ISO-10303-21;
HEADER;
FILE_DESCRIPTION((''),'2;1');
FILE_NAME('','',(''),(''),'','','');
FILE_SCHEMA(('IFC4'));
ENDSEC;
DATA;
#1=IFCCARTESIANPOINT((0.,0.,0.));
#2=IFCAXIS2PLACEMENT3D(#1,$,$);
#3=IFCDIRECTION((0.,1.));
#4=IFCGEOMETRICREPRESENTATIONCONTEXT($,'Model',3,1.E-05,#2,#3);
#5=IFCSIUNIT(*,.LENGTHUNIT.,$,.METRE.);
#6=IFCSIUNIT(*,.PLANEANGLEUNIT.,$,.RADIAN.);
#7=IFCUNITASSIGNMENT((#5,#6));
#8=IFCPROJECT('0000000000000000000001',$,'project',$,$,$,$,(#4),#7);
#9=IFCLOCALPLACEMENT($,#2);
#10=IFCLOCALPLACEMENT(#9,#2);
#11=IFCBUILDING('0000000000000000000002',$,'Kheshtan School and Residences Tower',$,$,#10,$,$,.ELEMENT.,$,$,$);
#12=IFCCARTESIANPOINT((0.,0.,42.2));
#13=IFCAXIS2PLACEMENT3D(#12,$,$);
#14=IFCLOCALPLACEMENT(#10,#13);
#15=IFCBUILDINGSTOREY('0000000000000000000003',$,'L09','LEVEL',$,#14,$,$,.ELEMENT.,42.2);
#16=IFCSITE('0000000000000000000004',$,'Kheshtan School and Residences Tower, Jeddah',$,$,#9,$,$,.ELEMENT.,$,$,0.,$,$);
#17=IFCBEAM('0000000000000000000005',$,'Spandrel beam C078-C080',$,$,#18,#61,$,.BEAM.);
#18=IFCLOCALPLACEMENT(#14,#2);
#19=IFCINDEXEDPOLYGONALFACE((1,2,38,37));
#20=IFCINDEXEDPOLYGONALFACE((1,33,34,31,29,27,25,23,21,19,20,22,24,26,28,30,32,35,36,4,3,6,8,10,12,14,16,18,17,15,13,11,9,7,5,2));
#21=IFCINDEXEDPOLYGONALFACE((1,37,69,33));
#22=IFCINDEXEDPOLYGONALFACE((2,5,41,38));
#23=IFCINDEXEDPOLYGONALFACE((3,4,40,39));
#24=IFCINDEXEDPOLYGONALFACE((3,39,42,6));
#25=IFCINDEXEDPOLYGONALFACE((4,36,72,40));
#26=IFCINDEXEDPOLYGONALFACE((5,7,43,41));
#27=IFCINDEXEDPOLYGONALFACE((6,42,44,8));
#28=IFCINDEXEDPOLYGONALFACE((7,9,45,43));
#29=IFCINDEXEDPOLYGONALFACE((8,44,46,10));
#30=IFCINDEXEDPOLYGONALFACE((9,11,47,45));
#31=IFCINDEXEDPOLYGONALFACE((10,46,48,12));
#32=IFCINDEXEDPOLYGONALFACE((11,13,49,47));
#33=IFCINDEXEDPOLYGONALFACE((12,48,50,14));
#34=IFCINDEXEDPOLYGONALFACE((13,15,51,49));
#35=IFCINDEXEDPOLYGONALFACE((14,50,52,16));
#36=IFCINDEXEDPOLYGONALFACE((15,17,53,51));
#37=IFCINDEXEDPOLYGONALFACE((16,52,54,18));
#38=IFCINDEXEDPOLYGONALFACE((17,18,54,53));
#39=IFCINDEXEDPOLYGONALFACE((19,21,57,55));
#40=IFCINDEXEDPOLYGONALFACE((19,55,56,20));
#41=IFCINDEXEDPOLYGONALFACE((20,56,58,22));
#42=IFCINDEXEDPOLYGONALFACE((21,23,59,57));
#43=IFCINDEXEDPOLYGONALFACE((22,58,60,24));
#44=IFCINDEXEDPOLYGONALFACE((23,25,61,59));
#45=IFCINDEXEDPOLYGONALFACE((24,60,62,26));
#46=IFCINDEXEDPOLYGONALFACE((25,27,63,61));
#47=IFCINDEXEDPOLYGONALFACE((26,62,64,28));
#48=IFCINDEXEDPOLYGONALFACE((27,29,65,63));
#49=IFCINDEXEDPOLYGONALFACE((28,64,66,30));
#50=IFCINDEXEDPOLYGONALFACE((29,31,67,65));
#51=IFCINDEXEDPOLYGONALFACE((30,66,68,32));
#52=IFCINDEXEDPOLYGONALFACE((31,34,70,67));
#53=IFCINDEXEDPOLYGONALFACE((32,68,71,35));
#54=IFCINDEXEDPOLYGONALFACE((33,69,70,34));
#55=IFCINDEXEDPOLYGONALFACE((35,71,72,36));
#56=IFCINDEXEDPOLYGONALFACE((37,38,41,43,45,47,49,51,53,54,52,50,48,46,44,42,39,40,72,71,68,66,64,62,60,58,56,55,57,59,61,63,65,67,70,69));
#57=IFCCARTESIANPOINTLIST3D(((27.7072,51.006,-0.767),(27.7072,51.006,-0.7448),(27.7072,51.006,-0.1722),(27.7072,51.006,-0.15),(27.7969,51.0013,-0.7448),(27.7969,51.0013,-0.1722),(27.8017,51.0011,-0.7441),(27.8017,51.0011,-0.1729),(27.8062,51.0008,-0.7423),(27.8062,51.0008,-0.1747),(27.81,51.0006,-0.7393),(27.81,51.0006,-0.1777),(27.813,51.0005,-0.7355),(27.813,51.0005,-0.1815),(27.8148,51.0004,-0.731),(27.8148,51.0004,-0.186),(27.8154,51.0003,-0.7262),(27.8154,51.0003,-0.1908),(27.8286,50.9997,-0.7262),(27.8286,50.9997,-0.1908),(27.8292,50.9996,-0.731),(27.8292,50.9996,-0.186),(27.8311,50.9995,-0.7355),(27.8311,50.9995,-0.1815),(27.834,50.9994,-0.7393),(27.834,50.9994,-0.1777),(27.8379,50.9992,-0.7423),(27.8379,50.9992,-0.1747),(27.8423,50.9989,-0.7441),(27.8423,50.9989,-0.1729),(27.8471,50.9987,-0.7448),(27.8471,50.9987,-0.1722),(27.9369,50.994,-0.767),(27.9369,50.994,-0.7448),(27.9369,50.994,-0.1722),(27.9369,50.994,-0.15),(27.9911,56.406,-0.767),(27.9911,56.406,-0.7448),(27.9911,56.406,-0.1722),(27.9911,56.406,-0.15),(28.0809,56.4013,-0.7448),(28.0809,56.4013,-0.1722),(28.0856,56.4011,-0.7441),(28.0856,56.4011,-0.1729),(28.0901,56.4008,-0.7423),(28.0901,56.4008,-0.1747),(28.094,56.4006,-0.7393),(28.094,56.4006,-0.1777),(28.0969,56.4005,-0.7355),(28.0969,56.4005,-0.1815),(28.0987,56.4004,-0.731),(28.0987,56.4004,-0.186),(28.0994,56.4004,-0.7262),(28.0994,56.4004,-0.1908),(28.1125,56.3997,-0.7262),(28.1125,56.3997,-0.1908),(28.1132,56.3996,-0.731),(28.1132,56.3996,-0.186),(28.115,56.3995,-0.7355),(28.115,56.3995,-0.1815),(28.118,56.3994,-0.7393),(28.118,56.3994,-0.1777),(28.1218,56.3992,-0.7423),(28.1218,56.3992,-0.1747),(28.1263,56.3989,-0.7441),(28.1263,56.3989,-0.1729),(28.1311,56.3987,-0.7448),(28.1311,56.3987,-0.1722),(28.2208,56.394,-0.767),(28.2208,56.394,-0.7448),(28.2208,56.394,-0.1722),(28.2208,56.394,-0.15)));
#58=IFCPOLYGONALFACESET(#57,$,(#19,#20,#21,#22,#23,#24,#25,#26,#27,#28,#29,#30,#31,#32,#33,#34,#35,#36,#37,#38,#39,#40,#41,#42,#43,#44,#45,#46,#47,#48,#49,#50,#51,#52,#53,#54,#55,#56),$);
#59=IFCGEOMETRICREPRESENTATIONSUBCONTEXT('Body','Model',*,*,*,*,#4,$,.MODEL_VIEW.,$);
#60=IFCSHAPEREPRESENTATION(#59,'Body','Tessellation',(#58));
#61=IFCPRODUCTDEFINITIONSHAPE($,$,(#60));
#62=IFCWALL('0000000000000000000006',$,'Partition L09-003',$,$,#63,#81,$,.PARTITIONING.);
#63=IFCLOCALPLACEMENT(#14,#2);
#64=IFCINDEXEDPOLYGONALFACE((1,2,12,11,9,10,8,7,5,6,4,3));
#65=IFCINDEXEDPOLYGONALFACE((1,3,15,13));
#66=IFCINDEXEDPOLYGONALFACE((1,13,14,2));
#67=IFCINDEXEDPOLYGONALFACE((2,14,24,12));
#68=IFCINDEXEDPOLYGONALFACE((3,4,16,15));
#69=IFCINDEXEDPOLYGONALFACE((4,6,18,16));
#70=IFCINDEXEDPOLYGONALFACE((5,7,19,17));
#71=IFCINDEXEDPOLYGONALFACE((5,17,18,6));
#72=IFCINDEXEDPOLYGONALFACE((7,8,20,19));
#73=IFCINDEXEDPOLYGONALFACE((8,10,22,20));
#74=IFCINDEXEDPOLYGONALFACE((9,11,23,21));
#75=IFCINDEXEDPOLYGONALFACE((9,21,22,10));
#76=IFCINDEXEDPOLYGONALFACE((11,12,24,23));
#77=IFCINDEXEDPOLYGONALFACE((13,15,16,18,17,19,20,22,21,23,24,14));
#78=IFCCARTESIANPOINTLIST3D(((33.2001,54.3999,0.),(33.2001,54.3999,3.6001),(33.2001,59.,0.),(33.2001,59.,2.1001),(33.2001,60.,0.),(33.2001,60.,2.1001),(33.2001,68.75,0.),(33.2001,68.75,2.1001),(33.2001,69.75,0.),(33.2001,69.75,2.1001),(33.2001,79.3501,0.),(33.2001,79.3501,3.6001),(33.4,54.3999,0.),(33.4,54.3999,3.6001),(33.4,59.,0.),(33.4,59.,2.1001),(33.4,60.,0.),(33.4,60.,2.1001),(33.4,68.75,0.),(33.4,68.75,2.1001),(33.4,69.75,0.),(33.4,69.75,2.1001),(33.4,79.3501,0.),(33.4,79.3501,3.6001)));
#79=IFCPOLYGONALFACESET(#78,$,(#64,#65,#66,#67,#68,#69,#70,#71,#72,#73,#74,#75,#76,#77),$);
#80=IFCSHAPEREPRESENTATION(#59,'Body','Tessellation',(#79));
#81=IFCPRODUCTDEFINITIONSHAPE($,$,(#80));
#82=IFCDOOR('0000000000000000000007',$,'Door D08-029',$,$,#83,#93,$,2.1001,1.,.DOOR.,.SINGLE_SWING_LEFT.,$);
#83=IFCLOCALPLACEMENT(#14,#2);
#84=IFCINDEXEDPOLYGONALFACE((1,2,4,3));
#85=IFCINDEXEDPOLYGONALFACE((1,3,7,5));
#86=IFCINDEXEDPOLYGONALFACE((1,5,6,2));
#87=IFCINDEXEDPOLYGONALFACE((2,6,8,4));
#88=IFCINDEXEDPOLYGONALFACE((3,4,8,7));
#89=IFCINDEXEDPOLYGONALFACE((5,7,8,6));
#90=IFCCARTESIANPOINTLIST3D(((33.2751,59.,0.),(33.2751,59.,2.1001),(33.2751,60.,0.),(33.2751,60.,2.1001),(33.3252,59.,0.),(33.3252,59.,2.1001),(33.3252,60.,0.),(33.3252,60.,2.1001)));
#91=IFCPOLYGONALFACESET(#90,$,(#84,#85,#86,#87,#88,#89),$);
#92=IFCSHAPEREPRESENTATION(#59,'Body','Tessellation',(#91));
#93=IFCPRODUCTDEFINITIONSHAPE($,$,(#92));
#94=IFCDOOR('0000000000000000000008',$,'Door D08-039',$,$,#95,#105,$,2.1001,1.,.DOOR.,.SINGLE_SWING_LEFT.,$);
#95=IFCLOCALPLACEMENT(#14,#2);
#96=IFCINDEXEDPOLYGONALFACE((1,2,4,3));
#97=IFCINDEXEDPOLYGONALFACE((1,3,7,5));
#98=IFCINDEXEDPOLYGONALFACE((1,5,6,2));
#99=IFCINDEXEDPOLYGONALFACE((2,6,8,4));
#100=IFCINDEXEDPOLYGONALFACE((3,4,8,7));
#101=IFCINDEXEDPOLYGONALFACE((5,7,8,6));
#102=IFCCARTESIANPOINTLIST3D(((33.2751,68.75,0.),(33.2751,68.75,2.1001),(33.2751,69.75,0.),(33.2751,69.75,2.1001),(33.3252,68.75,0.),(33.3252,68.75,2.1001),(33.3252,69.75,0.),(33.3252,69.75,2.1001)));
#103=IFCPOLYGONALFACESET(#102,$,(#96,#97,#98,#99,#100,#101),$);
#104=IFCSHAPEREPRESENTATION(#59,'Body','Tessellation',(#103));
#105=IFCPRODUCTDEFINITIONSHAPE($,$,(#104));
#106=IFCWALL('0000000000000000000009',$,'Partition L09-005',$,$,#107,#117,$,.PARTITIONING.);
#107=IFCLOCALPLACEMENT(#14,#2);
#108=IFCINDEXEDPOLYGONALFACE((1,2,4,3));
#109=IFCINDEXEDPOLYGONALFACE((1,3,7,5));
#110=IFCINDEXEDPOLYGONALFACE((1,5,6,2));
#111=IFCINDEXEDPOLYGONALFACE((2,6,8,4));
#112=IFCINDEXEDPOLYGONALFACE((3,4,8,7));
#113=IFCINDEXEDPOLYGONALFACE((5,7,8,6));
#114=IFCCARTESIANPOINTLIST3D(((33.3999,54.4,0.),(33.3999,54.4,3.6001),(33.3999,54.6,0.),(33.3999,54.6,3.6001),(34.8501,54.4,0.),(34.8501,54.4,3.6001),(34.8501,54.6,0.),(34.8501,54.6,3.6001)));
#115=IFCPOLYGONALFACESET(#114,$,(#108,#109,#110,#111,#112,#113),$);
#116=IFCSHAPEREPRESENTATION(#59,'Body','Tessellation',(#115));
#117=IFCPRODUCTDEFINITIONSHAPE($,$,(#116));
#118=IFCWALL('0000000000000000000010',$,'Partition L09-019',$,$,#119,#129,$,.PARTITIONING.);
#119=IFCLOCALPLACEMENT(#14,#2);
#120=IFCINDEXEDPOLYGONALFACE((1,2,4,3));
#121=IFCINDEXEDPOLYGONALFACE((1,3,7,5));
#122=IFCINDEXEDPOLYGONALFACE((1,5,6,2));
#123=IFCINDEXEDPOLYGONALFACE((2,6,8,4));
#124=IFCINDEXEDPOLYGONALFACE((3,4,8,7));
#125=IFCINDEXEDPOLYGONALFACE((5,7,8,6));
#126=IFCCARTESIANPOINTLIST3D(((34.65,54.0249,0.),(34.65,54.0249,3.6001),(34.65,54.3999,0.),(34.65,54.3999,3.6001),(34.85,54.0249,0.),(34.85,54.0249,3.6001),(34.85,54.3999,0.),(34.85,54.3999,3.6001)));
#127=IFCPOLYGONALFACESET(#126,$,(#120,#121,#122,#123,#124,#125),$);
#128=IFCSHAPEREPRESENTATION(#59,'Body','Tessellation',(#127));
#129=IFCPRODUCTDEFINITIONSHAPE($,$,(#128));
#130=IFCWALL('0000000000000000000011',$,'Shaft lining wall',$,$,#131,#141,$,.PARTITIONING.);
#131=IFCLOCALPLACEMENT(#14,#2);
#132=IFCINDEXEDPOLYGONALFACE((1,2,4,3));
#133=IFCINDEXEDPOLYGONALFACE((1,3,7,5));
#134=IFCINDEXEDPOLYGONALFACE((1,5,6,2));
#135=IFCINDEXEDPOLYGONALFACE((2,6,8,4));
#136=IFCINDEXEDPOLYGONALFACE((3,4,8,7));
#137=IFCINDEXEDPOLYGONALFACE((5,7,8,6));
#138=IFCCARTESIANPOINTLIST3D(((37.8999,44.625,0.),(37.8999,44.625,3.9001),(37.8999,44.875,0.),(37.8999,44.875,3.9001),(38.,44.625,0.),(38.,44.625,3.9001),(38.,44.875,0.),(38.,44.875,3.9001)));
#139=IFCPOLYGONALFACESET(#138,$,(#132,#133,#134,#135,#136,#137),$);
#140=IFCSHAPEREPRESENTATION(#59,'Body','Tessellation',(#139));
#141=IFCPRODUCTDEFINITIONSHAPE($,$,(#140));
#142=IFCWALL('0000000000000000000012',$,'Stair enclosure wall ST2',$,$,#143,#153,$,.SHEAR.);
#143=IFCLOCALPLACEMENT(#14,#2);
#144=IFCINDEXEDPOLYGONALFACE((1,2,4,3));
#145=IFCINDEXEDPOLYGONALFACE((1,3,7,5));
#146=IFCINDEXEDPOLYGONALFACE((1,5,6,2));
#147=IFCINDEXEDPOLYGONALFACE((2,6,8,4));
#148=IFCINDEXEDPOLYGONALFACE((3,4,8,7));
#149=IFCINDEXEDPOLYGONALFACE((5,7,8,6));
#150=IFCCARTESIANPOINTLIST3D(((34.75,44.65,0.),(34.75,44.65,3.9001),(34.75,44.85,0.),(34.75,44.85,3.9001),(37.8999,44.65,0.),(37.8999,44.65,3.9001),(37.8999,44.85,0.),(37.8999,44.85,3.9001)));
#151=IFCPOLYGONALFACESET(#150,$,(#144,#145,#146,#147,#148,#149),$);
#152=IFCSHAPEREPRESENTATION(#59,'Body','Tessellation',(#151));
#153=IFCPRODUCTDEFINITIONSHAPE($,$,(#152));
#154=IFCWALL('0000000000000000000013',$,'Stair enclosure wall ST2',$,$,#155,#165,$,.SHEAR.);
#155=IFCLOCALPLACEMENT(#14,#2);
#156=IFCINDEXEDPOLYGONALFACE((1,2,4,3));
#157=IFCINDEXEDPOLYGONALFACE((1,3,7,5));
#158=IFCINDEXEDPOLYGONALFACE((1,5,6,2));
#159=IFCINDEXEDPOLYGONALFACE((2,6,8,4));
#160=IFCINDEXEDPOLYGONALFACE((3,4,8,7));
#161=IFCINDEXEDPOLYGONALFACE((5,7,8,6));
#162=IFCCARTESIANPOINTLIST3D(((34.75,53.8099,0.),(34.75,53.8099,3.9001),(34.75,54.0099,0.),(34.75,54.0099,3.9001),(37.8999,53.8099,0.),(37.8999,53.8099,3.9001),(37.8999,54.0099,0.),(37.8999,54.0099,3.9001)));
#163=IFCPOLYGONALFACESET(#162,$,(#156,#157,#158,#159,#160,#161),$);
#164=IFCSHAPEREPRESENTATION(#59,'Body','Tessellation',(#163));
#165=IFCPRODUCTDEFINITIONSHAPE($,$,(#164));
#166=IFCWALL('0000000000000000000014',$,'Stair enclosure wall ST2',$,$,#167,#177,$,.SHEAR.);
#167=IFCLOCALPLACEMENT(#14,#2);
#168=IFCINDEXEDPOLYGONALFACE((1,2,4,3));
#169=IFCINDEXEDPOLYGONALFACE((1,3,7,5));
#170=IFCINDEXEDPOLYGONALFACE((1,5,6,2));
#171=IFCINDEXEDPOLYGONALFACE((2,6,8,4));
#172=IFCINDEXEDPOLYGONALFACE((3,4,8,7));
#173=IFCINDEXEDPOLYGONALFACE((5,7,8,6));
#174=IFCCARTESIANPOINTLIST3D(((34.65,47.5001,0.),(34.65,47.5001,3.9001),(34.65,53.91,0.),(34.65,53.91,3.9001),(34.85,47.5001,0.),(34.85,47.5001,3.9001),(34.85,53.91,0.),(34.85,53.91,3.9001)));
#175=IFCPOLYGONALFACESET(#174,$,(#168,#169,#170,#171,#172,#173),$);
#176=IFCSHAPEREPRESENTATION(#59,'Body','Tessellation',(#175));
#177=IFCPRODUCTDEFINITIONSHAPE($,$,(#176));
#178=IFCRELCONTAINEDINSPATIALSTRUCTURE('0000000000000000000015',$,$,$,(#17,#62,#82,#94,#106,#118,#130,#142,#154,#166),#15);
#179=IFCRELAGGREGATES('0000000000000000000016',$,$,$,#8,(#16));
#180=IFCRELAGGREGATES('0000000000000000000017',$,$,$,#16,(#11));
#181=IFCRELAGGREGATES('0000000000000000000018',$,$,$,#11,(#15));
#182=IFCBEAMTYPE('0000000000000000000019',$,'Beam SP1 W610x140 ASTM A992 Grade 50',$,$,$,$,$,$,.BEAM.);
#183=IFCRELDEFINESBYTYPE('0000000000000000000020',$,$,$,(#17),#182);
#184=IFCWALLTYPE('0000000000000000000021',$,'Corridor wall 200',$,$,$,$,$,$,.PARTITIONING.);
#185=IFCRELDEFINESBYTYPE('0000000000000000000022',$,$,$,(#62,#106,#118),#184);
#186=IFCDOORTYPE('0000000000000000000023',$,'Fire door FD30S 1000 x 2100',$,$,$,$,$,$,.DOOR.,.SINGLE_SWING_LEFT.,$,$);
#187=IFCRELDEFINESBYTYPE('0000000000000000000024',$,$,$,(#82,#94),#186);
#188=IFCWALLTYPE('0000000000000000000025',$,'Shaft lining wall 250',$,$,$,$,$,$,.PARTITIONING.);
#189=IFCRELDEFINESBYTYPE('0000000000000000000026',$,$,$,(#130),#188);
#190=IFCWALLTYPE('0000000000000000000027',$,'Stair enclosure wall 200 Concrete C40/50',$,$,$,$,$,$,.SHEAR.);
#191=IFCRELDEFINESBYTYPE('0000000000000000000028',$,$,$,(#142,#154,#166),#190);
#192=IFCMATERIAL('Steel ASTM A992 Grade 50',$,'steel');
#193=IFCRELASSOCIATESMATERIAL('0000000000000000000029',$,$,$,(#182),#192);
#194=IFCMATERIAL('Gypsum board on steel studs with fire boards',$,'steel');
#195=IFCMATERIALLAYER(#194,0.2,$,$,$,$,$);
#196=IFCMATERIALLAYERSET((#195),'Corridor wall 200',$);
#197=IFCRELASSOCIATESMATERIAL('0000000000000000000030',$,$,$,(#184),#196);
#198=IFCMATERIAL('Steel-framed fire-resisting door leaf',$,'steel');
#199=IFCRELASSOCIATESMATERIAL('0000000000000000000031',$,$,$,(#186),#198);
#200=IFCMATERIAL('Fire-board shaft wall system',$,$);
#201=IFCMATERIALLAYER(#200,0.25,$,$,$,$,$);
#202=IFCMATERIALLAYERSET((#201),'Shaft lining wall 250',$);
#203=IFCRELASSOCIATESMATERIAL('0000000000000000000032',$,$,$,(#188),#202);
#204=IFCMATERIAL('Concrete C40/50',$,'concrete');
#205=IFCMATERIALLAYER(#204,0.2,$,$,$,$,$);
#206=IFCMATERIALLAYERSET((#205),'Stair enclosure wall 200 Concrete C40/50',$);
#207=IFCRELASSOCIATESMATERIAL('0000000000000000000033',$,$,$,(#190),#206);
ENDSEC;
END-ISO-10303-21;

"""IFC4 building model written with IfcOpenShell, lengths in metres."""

from ifc_helpers import new_model, si_unit, direction, frame, frame_2d, origin, origin_2d, place, context, subcontext, project, spatial, rectangle, i_section, extrude, source, transform, mapped, material, layer, layer_set, material_profile, profile_set, type_object, element, fill, save


model = new_model("IFC4")

# Units and contexts
model_context = context("Model", 3, precision=1e-05, world=origin(), true_north=direction((0.0, 1.0)))
body_context = subcontext(model_context, "Body", "Model", "MODEL_VIEW")
ifc_project = project(units=[si_unit("LENGTHUNIT", "METRE"), si_unit("PLANEANGLEUNIT", "RADIAN")], contexts=[model_context])

# Site, building, storey
site_placement = place(None, origin())
site = spatial("IfcSite", under=ifc_project, at=site_placement, Name="Kheshtan School and Residences Tower, Jeddah", CompositionType="ELEMENT", RefElevation=0.0)
building_placement = place(site_placement, origin())
building = spatial("IfcBuilding", under=site, at=building_placement, Name="Kheshtan School and Residences Tower", CompositionType="ELEMENT")
storey_placement = place(building_placement, frame((0.0, 0.0, 42.2)))
storey = spatial("IfcBuildingStorey", under=building, at=storey_placement, Name="L09", Description="LEVEL", CompositionType="ELEMENT", Elevation=42.2)

# Shared definitions
ifc_material_1 = material(Name="Steel ASTM A992 Grade 50", Category="steel")

# Beam
ifc_material_profile_1 = material_profile(ifc_material_1, i_section(OverallWidth=0.23, OverallDepth=0.6169, WebThickness=0.0132, FlangeThickness=0.0222, FilletRadius=0.0186, at=origin_2d()), Name="W610x140")
ifc_profile_set_1 = profile_set([ifc_material_profile_1], Name="Steel ASTM A992 Grade 50")
beam_type_1 = type_object("IfcBeamType", Name="Beam SP1 W610x140 ASTM A992 Grade 50", PredefinedType="BEAM", material=ifc_profile_set_1)
for number, where, z_axis, x_axis, name in (
    (1, (27.822, 51.0, -0.4585), (0.052509, 0.99862, 0.0), (-0.99862, 0.052509, 0.0), "Spandrel beam C078-C080"),
):
    element("IfcBeam", number, at=place(storey_placement, frame(where, z_axis=z_axis, x_axis=x_axis)), inside=storey, type_object=beam_type_1, Name=name, PredefinedType="BEAM", context=body_context, shape_type="SweptSolid", body=[
        extrude(i_section(OverallWidth=0.23, OverallDepth=0.6169, WebThickness=0.0132, FlangeThickness=0.0222, FilletRadius=0.0186, at=origin_2d()), origin(), (0.0, 0.0, 1.0), 5.4075),
    ])

# Wall, openings, doors
ifc_material_2 = material(Name="Gypsum board on steel studs with fire boards", Category="steel")
ifc_layer_1 = layer(ifc_material_2, 0.2)
ifc_layer_set_1 = layer_set([ifc_layer_1], Name="Corridor wall 200")
wall_type_1 = type_object("IfcWallType", Name="Corridor wall 200", PredefinedType="PARTITIONING", material=ifc_layer_set_1)
wall_1_placement = place(storey_placement, frame((33.3, 54.3999, 0.0), z_axis=(0.0, 0.0, 1.0), x_axis=(0.0, 1.0, 0.0)))
wall_1 = element("IfcWall", 2, at=wall_1_placement, inside=storey, type_object=wall_type_1, Name="Partition L09-003", PredefinedType="PARTITIONING", context=body_context, shape_type="SweptSolid", body=[
    extrude(rectangle(XDim=24.9502, YDim=0.2, at=frame_2d((12.4751, 0.0))), origin(), (0.0, 0.0, 1.0), 3.6001),
])
opening_1_placement = place(wall_1_placement, frame((4.6001, 0.0, 0.0)))
opening_1 = element("IfcOpeningElement", 3, at=opening_1_placement, cuts=wall_1, PredefinedType="OPENING", context=body_context, shape_type="SweptSolid", body=[
    extrude(rectangle(XDim=1.0, YDim=2.1001, at=frame_2d((0.5, 1.05))), frame((0.0, 0.1099, 0.0), z_axis=(0.0, -1.0, 0.0), x_axis=(1.0, 0.0, 0.0)), (0.0, 0.0, 1.0), 0.22),
])
opening_2_placement = place(wall_1_placement, frame((14.3501, 0.0, 0.0)))
opening_2 = element("IfcOpeningElement", 4, at=opening_2_placement, cuts=wall_1, PredefinedType="OPENING", context=body_context, shape_type="SweptSolid", body=[
    extrude(rectangle(XDim=1.0, YDim=2.1001, at=frame_2d((0.5, 1.05))), frame((0.0, 0.1099, 0.0), z_axis=(0.0, -1.0, 0.0), x_axis=(1.0, 0.0, 0.0)), (0.0, 0.0, 1.0), 0.22),
])
ifc_material_3 = material(Name="Steel-framed fire-resisting door leaf", Category="steel")
door_type_1 = type_object("IfcDoorType", Name="Fire door FD30S 1000 x 2100", OperationType="SINGLE_SWING_LEFT", PredefinedType="DOOR", material=ifc_material_3)
shared_shape_1 = source(origin(), body_context, "Body", "SweptSolid", [
    extrude(rectangle(XDim=1.0, YDim=2.1001, at=frame_2d((0.5, 1.05))), frame((0.0, 0.0249, 0.0), z_axis=(0.0, -1.0, 0.0), x_axis=(1.0, 0.0, 0.0)), (0.0, 0.0, 1.0), 0.05),
])
door_1_placement = place(opening_1_placement, origin())
door_1 = element("IfcDoor", 5, at=door_1_placement, inside=storey, type_object=door_type_1, Name="Door D08-029", OperationType="SINGLE_SWING_LEFT", OverallHeight=2.1001, OverallWidth=1.0, PredefinedType="DOOR", context=body_context, shape_type="MappedRepresentation", body=[
    mapped(shared_shape_1, transform((0.0, 0.0, 0.0), x_axis=(1.0, 0.0, 0.0), y_axis=(0.0, 1.0, 0.0), z_axis=(0.0, 0.0, 1.0), scale=1.0)),
])
fill(opening_1, door_1)
door_2_placement = place(opening_2_placement, origin())
door_2 = element("IfcDoor", 6, at=door_2_placement, inside=storey, type_object=door_type_1, Name="Door D08-039", OperationType="SINGLE_SWING_LEFT", OverallHeight=2.1001, OverallWidth=1.0, PredefinedType="DOOR", context=body_context, shape_type="MappedRepresentation", body=[
    mapped(shared_shape_1, transform((0.0, 0.0, 0.0), x_axis=(1.0, 0.0, 0.0), y_axis=(0.0, 1.0, 0.0), z_axis=(0.0, 0.0, 1.0), scale=1.0)),
])
fill(opening_2, door_2)

# Walls
wall_2_placement = place(storey_placement, frame((33.3999, 54.5, 0.0), z_axis=(0.0, 0.0, 1.0), x_axis=(1.0, 0.0, 0.0)))
element("IfcWall", 7, at=wall_2_placement, inside=storey, type_object=wall_type_1, Name="Partition L09-005", PredefinedType="PARTITIONING", context=body_context, shape_type="SweptSolid", body=[
    extrude(rectangle(XDim=1.4502, YDim=0.2, at=frame_2d((0.7251, 0.0))), origin(), (0.0, 0.0, 1.0), 3.6001),
])
wall_3_placement = place(storey_placement, frame((34.75, 54.0249, 0.0), z_axis=(0.0, 0.0, 1.0), x_axis=(0.0, 1.0, 0.0)))
element("IfcWall", 8, at=wall_3_placement, inside=storey, type_object=wall_type_1, Name="Partition L09-019", PredefinedType="PARTITIONING", context=body_context, shape_type="SweptSolid", body=[
    extrude(rectangle(XDim=0.375, YDim=0.2, at=frame_2d((0.1875, 0.0))), origin(), (0.0, 0.0, 1.0), 3.6001),
])
ifc_material_4 = material(Name="Fire-board shaft wall system")
ifc_layer_2 = layer(ifc_material_4, 0.25)
ifc_layer_set_2 = layer_set([ifc_layer_2], Name="Shaft lining wall 250")
wall_type_2 = type_object("IfcWallType", Name="Shaft lining wall 250", PredefinedType="PARTITIONING", material=ifc_layer_set_2)
wall_4_placement = place(storey_placement, frame((37.8999, 44.75, 0.0), z_axis=(0.0, 0.0, 1.0), x_axis=(1.0, 0.0, 0.0)))
element("IfcWall", 9, at=wall_4_placement, inside=storey, type_object=wall_type_2, Name="Shaft lining wall", PredefinedType="PARTITIONING", context=body_context, shape_type="SweptSolid", body=[
    extrude(rectangle(XDim=0.1001, YDim=0.25, at=frame_2d((0.05, 0.0))), origin(), (0.0, 0.0, 1.0), 3.9001),
])
ifc_material_5 = material(Name="Concrete C40/50", Category="concrete")
ifc_layer_3 = layer(ifc_material_5, 0.2)
ifc_layer_set_3 = layer_set([ifc_layer_3], Name="Stair enclosure wall 200 Concrete C40/50")
wall_type_3 = type_object("IfcWallType", Name="Stair enclosure wall 200 Concrete C40/50", PredefinedType="SHEAR", material=ifc_layer_set_3)
for number, where, z_axis, x_axis, name in (
    (10, (34.75, 44.75, 0.0), (0.0, 0.0, 1.0), (1.0, 0.0, 0.0), "Stair enclosure wall ST2"),
    (11, (34.75, 53.9099, 0.0), (0.0, 0.0, 1.0), (1.0, 0.0, 0.0), "Stair enclosure wall ST2"),
):
    element("IfcWall", number, at=place(storey_placement, frame(where, z_axis=z_axis, x_axis=x_axis)), inside=storey, type_object=wall_type_3, Name=name, PredefinedType="SHEAR", context=body_context, shape_type="SweptSolid", body=[
        extrude(rectangle(XDim=3.1499, YDim=0.2, at=frame_2d((1.575, 0.0))), origin(), (0.0, 0.0, 1.0), 3.9001),
    ])
wall_5_placement = place(storey_placement, frame((34.75, 47.5, 0.0), z_axis=(0.0, 0.0, 1.0), x_axis=(0.0, 1.0, 0.0)))
element("IfcWall", 12, at=wall_5_placement, inside=storey, type_object=wall_type_3, Name="Stair enclosure wall ST2", PredefinedType="SHEAR", context=body_context, shape_type="SweptSolid", body=[
    extrude(rectangle(XDim=6.4099, YDim=0.2, at=frame_2d((3.2051, 0.0))), origin(), (0.0, 0.0, 1.0), 3.9001),
])

save(model, "model.ifc")
